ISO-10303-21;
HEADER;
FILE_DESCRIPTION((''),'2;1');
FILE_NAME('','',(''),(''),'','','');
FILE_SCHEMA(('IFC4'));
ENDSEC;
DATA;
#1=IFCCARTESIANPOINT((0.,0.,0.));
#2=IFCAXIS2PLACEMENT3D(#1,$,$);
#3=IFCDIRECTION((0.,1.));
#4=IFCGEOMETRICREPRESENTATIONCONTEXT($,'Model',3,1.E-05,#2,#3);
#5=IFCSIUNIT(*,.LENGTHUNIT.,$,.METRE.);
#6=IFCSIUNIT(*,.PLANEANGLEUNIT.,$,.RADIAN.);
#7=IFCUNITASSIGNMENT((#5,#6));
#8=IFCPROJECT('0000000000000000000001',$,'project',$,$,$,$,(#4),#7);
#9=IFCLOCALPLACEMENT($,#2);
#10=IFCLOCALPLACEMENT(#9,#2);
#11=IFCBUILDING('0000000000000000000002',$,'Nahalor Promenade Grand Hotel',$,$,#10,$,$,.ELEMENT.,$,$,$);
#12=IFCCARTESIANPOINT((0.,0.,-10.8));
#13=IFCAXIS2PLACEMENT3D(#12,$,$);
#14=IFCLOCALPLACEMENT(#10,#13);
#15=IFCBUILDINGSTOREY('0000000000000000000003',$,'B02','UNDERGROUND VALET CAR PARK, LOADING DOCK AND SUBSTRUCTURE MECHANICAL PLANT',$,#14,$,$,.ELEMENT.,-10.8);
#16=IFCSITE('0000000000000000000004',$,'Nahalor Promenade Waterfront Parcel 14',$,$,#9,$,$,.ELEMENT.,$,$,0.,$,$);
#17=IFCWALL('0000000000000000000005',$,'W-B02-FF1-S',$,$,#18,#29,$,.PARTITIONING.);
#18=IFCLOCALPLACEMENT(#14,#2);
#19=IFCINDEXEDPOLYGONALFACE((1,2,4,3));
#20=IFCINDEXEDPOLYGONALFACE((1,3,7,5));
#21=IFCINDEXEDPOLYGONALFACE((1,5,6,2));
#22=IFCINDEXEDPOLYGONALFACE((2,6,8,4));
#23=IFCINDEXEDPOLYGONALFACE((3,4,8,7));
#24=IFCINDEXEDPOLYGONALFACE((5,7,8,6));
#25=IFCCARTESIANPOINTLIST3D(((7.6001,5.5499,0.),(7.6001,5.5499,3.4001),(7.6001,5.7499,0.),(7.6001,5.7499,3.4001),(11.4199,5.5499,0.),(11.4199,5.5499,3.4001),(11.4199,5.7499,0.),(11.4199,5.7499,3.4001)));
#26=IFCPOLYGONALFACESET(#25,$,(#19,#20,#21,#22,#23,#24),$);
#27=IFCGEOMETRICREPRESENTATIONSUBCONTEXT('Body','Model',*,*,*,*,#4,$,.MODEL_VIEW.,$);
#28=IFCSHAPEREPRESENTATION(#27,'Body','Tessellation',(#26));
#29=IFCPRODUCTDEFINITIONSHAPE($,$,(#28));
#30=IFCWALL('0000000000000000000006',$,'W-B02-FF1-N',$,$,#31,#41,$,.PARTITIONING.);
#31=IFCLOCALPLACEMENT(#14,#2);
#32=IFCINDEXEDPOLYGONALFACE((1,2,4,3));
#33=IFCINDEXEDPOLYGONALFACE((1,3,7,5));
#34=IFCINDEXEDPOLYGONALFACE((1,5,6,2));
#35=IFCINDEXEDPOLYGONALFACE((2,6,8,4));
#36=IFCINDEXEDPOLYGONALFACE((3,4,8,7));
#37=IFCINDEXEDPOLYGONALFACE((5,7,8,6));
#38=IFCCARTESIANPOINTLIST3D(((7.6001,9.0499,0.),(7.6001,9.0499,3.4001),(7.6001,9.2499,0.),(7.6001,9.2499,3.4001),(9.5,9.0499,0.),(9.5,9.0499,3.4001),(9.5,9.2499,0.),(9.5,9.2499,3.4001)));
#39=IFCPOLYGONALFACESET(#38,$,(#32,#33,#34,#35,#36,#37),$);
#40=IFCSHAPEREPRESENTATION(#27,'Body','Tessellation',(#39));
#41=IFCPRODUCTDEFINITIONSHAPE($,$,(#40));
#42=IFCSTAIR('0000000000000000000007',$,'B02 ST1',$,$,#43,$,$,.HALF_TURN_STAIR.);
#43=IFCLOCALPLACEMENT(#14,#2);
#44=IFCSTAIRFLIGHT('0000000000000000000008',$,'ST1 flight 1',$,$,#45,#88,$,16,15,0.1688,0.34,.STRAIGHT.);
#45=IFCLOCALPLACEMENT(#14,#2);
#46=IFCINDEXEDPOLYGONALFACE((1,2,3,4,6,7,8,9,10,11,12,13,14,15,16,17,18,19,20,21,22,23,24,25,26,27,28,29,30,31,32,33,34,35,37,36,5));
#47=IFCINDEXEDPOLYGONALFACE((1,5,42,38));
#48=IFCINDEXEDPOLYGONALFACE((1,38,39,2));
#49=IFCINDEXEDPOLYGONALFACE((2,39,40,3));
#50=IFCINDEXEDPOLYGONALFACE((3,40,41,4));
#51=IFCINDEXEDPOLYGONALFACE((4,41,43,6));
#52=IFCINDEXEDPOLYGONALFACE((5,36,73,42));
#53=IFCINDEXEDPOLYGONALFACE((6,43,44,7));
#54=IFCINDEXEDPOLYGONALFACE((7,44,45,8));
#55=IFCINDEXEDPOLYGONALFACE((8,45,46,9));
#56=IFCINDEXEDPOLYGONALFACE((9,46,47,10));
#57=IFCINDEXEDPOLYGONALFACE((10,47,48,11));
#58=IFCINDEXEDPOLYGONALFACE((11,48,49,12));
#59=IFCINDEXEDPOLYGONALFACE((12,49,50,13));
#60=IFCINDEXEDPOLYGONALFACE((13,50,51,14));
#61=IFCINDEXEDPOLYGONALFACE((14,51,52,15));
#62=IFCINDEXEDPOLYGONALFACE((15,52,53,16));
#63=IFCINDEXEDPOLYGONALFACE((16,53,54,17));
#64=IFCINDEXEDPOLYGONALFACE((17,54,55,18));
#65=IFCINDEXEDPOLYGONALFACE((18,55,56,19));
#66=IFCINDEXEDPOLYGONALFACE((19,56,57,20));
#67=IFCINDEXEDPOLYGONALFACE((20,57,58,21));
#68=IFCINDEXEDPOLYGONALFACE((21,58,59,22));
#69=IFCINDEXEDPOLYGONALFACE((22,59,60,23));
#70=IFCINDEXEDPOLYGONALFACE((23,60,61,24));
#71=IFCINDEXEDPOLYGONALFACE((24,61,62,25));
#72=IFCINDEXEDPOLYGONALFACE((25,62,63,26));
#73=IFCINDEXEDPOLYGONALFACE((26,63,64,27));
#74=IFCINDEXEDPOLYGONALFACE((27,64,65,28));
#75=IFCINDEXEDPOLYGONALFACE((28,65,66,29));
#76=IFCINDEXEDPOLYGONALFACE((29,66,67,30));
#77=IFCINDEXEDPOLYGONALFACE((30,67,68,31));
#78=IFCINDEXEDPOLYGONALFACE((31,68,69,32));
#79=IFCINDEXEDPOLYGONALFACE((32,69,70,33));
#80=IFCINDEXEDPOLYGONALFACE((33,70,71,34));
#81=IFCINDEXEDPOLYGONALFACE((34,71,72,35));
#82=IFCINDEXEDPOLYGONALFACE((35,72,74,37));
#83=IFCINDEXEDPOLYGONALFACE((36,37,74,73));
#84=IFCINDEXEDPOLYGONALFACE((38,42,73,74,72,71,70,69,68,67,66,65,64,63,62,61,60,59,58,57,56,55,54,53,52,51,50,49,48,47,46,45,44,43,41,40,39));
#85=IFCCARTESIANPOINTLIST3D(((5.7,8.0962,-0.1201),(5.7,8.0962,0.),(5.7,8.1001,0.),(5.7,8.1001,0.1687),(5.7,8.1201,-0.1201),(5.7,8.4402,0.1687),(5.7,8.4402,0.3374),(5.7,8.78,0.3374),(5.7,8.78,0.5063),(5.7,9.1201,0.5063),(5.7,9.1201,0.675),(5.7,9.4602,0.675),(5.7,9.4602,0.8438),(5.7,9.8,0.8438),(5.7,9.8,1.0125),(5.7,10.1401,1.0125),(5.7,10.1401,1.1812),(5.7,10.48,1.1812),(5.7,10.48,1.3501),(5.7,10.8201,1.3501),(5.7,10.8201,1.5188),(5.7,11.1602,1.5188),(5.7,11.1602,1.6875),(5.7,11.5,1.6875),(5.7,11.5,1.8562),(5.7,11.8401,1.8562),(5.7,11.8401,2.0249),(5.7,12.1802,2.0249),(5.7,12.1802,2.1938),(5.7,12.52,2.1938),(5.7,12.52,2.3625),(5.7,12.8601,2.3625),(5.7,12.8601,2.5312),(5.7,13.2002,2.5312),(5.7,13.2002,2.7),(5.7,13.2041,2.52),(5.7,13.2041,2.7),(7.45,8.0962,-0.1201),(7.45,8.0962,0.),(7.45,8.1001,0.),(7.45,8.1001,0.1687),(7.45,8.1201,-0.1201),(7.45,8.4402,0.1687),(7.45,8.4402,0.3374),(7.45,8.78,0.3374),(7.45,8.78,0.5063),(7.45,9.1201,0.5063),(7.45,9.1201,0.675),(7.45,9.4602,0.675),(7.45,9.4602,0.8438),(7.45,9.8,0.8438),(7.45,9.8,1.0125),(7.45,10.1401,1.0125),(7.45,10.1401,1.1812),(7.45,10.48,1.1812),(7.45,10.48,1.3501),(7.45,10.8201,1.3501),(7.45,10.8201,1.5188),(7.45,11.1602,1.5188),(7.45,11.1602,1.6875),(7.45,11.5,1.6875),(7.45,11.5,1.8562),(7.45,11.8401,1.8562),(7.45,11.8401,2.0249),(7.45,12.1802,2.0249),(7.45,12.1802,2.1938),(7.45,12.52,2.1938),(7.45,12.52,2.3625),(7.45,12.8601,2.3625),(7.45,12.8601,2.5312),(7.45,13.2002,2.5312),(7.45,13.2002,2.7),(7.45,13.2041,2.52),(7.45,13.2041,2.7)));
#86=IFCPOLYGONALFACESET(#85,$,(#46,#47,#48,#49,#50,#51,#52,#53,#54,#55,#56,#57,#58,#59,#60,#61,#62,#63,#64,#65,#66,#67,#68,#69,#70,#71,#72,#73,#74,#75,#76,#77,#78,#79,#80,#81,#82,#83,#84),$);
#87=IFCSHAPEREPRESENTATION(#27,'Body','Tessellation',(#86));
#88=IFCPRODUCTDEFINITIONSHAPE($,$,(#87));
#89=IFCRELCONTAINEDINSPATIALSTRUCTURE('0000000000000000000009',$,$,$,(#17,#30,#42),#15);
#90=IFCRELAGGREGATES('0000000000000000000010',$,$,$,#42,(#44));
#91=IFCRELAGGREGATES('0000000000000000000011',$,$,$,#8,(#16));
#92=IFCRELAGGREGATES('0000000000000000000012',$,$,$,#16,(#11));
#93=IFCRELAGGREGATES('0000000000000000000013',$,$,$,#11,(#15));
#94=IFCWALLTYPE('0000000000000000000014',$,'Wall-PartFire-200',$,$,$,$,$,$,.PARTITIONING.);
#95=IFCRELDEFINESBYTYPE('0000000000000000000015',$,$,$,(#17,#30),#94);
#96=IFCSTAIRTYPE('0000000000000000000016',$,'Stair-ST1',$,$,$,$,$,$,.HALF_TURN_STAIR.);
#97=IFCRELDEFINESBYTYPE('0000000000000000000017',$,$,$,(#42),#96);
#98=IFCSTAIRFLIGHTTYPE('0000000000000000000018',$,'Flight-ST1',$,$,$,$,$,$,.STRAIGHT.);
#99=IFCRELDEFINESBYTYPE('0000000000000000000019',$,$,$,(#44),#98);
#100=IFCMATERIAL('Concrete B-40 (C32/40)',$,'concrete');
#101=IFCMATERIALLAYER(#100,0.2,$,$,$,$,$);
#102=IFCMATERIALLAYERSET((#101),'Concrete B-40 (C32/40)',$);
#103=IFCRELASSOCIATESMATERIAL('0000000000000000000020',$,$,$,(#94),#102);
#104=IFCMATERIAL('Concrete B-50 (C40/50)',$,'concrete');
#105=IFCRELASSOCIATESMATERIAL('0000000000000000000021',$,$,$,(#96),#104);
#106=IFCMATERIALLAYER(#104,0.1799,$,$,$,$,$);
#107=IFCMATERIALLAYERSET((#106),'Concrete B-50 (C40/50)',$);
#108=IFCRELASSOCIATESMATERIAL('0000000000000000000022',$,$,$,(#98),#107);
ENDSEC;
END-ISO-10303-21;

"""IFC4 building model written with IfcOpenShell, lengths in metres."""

from ifc_helpers import new_model, si_unit, direction, frame, frame_2d, origin, place, context, subcontext, project, spatial, polyline, rectangle, outline, extrude, source, transform, mapped, material, layer, layer_set, type_object, element, aggregate, save


model = new_model("IFC4")

# Units and contexts
model_context = context("Model", 3, precision=1e-05, world=origin(), true_north=direction((0.0, 1.0)))
body_context = subcontext(model_context, "Body", "Model", "MODEL_VIEW")
ifc_project = project(units=[si_unit("LENGTHUNIT", "METRE"), si_unit("PLANEANGLEUNIT", "RADIAN")], contexts=[model_context])

# Site, building, storey
site_placement = place(None, origin())
site = spatial("IfcSite", under=ifc_project, at=site_placement, Name="Nahalor Promenade Waterfront Parcel 14", CompositionType="ELEMENT", RefElevation=0.0)
building_placement = place(site_placement, origin())
building = spatial("IfcBuilding", under=site, at=building_placement, Name="Nahalor Promenade Grand Hotel", CompositionType="ELEMENT")
storey_placement = place(building_placement, frame((0.0, 0.0, -10.8)))
storey = spatial("IfcBuildingStorey", under=building, at=storey_placement, Name="B02", Description="UNDERGROUND VALET CAR PARK, LOADING DOCK AND SUBSTRUCTURE MECHANICAL PLANT", CompositionType="ELEMENT", Elevation=-10.8)

# Shared definitions
ifc_material_1 = material(Name="Concrete B-50 (C40/50)", Category="concrete")

# Walls
ifc_material_2 = material(Name="Concrete B-40 (C32/40)", Category="concrete")
ifc_layer_1 = layer(ifc_material_2, 0.2)
ifc_layer_set_1 = layer_set([ifc_layer_1], Name="Concrete B-40 (C32/40)")
wall_type_1 = type_object("IfcWallType", Name="Wall-PartFire-200", PredefinedType="PARTITIONING", material=ifc_layer_set_1)
shared_shape_1 = source(origin(), body_context, "Body", "SweptSolid", [
    extrude(rectangle(XDim=3.8198, YDim=0.2, at=frame_2d((1.9099, 0.0))), origin(), (0.0, 0.0, 1.0), 3.4001),
])
wall_1_placement = place(storey_placement, frame((7.6001, 5.6499, 0.0), z_axis=(0.0, 0.0, 1.0), x_axis=(1.0, 0.0, 0.0)))
element("IfcWall", 1, at=wall_1_placement, inside=storey, type_object=wall_type_1, Name="W-B02-FF1-S", PredefinedType="PARTITIONING", context=body_context, shape_type="MappedRepresentation", body=[
    mapped(shared_shape_1, transform((0.0, 0.0, 0.0), scale=1.0)),
])
shared_shape_2 = source(origin(), body_context, "Body", "SweptSolid", [
    extrude(rectangle(XDim=1.8999, YDim=0.2, at=frame_2d((0.95, 0.0))), origin(), (0.0, 0.0, 1.0), 3.4001),
])
wall_2_placement = place(storey_placement, frame((7.6001, 9.1499, 0.0), z_axis=(0.0, 0.0, 1.0), x_axis=(1.0, 0.0, 0.0)))
element("IfcWall", 2, at=wall_2_placement, inside=storey, type_object=wall_type_1, Name="W-B02-FF1-N", PredefinedType="PARTITIONING", context=body_context, shape_type="MappedRepresentation", body=[
    mapped(shared_shape_2, transform((0.0, 0.0, 0.0), scale=1.0)),
])

# Stair, stair flight
stair_type_1 = type_object("IfcStairType", Name="Stair-ST1", PredefinedType="HALF_TURN_STAIR", material=ifc_material_1)
stair_1_placement = place(storey_placement, origin())
stair_1 = element("IfcStair", 3, at=stair_1_placement, inside=storey, type_object=stair_type_1, Name="B02 ST1", PredefinedType="HALF_TURN_STAIR")
ifc_layer_2 = layer(ifc_material_1, 0.1799)
ifc_layer_set_2 = layer_set([ifc_layer_2], Name="Concrete B-50 (C40/50)")
stair_flight_type = type_object("IfcStairFlightType", Name="Flight-ST1", PredefinedType="STRAIGHT", material=ifc_layer_set_2)
shared_shape_3 = source(origin(), body_context, "Body", "SweptSolid", [
    extrude(outline(polyline([(-0.0039, -0.1201), (-0.0039, 0.0), (0.0, 0.0), (0.0, 0.1687), (0.3401, 0.1687), (0.3401, 0.3374), (0.6799, 0.3374), (0.6799, 0.5063), (1.02, 0.5063), (1.02, 0.675), (1.3601, 0.675), (1.3601, 0.8438), (1.7, 0.8438), (1.7, 1.0125), (2.04, 1.0125), (2.04, 1.1812), (2.3799, 1.1812), (2.3799, 1.3501), (2.72, 1.3501), (2.72, 1.5188), (3.0601, 1.5188), (3.0601, 1.6875), (3.3999, 1.6875), (3.3999, 1.8562), (3.74, 1.8562), (3.74, 2.0249), (4.0801, 2.0249), (4.0801, 2.1938), (4.4199, 2.1938), (4.4199, 2.3625), (4.76, 2.3625), (4.76, 2.5312), (5.1001, 2.5312), (5.1001, 2.7), (5.104, 2.7), (5.104, 2.52), (0.02, -0.1201), (-0.0039, -0.1201)])), frame((0.0, 0.875, 0.0), z_axis=(0.0, -1.0, 0.0), x_axis=(1.0, 0.0, 0.0)), (0.0, 0.0, 1.0), 1.75),
])
stair_flight_placement = place(storey_placement, frame((6.575, 8.1001, 0.0), z_axis=(0.0, 0.0, 1.0), x_axis=(0.0, 1.0, 0.0)))
stair_flight = element("IfcStairFlight", 4, at=stair_flight_placement, type_object=stair_flight_type, Name="ST1 flight 1", NumberOfRisers=16, NumberOfTreads=15, PredefinedType="STRAIGHT", RiserHeight=0.1688, TreadLength=0.34, context=body_context, shape_type="MappedRepresentation", body=[
    mapped(shared_shape_3, transform((0.0, 0.0, 0.0), scale=1.0)),
])
aggregate(stair_1, [stair_flight])

save(model, "model.ifc")
